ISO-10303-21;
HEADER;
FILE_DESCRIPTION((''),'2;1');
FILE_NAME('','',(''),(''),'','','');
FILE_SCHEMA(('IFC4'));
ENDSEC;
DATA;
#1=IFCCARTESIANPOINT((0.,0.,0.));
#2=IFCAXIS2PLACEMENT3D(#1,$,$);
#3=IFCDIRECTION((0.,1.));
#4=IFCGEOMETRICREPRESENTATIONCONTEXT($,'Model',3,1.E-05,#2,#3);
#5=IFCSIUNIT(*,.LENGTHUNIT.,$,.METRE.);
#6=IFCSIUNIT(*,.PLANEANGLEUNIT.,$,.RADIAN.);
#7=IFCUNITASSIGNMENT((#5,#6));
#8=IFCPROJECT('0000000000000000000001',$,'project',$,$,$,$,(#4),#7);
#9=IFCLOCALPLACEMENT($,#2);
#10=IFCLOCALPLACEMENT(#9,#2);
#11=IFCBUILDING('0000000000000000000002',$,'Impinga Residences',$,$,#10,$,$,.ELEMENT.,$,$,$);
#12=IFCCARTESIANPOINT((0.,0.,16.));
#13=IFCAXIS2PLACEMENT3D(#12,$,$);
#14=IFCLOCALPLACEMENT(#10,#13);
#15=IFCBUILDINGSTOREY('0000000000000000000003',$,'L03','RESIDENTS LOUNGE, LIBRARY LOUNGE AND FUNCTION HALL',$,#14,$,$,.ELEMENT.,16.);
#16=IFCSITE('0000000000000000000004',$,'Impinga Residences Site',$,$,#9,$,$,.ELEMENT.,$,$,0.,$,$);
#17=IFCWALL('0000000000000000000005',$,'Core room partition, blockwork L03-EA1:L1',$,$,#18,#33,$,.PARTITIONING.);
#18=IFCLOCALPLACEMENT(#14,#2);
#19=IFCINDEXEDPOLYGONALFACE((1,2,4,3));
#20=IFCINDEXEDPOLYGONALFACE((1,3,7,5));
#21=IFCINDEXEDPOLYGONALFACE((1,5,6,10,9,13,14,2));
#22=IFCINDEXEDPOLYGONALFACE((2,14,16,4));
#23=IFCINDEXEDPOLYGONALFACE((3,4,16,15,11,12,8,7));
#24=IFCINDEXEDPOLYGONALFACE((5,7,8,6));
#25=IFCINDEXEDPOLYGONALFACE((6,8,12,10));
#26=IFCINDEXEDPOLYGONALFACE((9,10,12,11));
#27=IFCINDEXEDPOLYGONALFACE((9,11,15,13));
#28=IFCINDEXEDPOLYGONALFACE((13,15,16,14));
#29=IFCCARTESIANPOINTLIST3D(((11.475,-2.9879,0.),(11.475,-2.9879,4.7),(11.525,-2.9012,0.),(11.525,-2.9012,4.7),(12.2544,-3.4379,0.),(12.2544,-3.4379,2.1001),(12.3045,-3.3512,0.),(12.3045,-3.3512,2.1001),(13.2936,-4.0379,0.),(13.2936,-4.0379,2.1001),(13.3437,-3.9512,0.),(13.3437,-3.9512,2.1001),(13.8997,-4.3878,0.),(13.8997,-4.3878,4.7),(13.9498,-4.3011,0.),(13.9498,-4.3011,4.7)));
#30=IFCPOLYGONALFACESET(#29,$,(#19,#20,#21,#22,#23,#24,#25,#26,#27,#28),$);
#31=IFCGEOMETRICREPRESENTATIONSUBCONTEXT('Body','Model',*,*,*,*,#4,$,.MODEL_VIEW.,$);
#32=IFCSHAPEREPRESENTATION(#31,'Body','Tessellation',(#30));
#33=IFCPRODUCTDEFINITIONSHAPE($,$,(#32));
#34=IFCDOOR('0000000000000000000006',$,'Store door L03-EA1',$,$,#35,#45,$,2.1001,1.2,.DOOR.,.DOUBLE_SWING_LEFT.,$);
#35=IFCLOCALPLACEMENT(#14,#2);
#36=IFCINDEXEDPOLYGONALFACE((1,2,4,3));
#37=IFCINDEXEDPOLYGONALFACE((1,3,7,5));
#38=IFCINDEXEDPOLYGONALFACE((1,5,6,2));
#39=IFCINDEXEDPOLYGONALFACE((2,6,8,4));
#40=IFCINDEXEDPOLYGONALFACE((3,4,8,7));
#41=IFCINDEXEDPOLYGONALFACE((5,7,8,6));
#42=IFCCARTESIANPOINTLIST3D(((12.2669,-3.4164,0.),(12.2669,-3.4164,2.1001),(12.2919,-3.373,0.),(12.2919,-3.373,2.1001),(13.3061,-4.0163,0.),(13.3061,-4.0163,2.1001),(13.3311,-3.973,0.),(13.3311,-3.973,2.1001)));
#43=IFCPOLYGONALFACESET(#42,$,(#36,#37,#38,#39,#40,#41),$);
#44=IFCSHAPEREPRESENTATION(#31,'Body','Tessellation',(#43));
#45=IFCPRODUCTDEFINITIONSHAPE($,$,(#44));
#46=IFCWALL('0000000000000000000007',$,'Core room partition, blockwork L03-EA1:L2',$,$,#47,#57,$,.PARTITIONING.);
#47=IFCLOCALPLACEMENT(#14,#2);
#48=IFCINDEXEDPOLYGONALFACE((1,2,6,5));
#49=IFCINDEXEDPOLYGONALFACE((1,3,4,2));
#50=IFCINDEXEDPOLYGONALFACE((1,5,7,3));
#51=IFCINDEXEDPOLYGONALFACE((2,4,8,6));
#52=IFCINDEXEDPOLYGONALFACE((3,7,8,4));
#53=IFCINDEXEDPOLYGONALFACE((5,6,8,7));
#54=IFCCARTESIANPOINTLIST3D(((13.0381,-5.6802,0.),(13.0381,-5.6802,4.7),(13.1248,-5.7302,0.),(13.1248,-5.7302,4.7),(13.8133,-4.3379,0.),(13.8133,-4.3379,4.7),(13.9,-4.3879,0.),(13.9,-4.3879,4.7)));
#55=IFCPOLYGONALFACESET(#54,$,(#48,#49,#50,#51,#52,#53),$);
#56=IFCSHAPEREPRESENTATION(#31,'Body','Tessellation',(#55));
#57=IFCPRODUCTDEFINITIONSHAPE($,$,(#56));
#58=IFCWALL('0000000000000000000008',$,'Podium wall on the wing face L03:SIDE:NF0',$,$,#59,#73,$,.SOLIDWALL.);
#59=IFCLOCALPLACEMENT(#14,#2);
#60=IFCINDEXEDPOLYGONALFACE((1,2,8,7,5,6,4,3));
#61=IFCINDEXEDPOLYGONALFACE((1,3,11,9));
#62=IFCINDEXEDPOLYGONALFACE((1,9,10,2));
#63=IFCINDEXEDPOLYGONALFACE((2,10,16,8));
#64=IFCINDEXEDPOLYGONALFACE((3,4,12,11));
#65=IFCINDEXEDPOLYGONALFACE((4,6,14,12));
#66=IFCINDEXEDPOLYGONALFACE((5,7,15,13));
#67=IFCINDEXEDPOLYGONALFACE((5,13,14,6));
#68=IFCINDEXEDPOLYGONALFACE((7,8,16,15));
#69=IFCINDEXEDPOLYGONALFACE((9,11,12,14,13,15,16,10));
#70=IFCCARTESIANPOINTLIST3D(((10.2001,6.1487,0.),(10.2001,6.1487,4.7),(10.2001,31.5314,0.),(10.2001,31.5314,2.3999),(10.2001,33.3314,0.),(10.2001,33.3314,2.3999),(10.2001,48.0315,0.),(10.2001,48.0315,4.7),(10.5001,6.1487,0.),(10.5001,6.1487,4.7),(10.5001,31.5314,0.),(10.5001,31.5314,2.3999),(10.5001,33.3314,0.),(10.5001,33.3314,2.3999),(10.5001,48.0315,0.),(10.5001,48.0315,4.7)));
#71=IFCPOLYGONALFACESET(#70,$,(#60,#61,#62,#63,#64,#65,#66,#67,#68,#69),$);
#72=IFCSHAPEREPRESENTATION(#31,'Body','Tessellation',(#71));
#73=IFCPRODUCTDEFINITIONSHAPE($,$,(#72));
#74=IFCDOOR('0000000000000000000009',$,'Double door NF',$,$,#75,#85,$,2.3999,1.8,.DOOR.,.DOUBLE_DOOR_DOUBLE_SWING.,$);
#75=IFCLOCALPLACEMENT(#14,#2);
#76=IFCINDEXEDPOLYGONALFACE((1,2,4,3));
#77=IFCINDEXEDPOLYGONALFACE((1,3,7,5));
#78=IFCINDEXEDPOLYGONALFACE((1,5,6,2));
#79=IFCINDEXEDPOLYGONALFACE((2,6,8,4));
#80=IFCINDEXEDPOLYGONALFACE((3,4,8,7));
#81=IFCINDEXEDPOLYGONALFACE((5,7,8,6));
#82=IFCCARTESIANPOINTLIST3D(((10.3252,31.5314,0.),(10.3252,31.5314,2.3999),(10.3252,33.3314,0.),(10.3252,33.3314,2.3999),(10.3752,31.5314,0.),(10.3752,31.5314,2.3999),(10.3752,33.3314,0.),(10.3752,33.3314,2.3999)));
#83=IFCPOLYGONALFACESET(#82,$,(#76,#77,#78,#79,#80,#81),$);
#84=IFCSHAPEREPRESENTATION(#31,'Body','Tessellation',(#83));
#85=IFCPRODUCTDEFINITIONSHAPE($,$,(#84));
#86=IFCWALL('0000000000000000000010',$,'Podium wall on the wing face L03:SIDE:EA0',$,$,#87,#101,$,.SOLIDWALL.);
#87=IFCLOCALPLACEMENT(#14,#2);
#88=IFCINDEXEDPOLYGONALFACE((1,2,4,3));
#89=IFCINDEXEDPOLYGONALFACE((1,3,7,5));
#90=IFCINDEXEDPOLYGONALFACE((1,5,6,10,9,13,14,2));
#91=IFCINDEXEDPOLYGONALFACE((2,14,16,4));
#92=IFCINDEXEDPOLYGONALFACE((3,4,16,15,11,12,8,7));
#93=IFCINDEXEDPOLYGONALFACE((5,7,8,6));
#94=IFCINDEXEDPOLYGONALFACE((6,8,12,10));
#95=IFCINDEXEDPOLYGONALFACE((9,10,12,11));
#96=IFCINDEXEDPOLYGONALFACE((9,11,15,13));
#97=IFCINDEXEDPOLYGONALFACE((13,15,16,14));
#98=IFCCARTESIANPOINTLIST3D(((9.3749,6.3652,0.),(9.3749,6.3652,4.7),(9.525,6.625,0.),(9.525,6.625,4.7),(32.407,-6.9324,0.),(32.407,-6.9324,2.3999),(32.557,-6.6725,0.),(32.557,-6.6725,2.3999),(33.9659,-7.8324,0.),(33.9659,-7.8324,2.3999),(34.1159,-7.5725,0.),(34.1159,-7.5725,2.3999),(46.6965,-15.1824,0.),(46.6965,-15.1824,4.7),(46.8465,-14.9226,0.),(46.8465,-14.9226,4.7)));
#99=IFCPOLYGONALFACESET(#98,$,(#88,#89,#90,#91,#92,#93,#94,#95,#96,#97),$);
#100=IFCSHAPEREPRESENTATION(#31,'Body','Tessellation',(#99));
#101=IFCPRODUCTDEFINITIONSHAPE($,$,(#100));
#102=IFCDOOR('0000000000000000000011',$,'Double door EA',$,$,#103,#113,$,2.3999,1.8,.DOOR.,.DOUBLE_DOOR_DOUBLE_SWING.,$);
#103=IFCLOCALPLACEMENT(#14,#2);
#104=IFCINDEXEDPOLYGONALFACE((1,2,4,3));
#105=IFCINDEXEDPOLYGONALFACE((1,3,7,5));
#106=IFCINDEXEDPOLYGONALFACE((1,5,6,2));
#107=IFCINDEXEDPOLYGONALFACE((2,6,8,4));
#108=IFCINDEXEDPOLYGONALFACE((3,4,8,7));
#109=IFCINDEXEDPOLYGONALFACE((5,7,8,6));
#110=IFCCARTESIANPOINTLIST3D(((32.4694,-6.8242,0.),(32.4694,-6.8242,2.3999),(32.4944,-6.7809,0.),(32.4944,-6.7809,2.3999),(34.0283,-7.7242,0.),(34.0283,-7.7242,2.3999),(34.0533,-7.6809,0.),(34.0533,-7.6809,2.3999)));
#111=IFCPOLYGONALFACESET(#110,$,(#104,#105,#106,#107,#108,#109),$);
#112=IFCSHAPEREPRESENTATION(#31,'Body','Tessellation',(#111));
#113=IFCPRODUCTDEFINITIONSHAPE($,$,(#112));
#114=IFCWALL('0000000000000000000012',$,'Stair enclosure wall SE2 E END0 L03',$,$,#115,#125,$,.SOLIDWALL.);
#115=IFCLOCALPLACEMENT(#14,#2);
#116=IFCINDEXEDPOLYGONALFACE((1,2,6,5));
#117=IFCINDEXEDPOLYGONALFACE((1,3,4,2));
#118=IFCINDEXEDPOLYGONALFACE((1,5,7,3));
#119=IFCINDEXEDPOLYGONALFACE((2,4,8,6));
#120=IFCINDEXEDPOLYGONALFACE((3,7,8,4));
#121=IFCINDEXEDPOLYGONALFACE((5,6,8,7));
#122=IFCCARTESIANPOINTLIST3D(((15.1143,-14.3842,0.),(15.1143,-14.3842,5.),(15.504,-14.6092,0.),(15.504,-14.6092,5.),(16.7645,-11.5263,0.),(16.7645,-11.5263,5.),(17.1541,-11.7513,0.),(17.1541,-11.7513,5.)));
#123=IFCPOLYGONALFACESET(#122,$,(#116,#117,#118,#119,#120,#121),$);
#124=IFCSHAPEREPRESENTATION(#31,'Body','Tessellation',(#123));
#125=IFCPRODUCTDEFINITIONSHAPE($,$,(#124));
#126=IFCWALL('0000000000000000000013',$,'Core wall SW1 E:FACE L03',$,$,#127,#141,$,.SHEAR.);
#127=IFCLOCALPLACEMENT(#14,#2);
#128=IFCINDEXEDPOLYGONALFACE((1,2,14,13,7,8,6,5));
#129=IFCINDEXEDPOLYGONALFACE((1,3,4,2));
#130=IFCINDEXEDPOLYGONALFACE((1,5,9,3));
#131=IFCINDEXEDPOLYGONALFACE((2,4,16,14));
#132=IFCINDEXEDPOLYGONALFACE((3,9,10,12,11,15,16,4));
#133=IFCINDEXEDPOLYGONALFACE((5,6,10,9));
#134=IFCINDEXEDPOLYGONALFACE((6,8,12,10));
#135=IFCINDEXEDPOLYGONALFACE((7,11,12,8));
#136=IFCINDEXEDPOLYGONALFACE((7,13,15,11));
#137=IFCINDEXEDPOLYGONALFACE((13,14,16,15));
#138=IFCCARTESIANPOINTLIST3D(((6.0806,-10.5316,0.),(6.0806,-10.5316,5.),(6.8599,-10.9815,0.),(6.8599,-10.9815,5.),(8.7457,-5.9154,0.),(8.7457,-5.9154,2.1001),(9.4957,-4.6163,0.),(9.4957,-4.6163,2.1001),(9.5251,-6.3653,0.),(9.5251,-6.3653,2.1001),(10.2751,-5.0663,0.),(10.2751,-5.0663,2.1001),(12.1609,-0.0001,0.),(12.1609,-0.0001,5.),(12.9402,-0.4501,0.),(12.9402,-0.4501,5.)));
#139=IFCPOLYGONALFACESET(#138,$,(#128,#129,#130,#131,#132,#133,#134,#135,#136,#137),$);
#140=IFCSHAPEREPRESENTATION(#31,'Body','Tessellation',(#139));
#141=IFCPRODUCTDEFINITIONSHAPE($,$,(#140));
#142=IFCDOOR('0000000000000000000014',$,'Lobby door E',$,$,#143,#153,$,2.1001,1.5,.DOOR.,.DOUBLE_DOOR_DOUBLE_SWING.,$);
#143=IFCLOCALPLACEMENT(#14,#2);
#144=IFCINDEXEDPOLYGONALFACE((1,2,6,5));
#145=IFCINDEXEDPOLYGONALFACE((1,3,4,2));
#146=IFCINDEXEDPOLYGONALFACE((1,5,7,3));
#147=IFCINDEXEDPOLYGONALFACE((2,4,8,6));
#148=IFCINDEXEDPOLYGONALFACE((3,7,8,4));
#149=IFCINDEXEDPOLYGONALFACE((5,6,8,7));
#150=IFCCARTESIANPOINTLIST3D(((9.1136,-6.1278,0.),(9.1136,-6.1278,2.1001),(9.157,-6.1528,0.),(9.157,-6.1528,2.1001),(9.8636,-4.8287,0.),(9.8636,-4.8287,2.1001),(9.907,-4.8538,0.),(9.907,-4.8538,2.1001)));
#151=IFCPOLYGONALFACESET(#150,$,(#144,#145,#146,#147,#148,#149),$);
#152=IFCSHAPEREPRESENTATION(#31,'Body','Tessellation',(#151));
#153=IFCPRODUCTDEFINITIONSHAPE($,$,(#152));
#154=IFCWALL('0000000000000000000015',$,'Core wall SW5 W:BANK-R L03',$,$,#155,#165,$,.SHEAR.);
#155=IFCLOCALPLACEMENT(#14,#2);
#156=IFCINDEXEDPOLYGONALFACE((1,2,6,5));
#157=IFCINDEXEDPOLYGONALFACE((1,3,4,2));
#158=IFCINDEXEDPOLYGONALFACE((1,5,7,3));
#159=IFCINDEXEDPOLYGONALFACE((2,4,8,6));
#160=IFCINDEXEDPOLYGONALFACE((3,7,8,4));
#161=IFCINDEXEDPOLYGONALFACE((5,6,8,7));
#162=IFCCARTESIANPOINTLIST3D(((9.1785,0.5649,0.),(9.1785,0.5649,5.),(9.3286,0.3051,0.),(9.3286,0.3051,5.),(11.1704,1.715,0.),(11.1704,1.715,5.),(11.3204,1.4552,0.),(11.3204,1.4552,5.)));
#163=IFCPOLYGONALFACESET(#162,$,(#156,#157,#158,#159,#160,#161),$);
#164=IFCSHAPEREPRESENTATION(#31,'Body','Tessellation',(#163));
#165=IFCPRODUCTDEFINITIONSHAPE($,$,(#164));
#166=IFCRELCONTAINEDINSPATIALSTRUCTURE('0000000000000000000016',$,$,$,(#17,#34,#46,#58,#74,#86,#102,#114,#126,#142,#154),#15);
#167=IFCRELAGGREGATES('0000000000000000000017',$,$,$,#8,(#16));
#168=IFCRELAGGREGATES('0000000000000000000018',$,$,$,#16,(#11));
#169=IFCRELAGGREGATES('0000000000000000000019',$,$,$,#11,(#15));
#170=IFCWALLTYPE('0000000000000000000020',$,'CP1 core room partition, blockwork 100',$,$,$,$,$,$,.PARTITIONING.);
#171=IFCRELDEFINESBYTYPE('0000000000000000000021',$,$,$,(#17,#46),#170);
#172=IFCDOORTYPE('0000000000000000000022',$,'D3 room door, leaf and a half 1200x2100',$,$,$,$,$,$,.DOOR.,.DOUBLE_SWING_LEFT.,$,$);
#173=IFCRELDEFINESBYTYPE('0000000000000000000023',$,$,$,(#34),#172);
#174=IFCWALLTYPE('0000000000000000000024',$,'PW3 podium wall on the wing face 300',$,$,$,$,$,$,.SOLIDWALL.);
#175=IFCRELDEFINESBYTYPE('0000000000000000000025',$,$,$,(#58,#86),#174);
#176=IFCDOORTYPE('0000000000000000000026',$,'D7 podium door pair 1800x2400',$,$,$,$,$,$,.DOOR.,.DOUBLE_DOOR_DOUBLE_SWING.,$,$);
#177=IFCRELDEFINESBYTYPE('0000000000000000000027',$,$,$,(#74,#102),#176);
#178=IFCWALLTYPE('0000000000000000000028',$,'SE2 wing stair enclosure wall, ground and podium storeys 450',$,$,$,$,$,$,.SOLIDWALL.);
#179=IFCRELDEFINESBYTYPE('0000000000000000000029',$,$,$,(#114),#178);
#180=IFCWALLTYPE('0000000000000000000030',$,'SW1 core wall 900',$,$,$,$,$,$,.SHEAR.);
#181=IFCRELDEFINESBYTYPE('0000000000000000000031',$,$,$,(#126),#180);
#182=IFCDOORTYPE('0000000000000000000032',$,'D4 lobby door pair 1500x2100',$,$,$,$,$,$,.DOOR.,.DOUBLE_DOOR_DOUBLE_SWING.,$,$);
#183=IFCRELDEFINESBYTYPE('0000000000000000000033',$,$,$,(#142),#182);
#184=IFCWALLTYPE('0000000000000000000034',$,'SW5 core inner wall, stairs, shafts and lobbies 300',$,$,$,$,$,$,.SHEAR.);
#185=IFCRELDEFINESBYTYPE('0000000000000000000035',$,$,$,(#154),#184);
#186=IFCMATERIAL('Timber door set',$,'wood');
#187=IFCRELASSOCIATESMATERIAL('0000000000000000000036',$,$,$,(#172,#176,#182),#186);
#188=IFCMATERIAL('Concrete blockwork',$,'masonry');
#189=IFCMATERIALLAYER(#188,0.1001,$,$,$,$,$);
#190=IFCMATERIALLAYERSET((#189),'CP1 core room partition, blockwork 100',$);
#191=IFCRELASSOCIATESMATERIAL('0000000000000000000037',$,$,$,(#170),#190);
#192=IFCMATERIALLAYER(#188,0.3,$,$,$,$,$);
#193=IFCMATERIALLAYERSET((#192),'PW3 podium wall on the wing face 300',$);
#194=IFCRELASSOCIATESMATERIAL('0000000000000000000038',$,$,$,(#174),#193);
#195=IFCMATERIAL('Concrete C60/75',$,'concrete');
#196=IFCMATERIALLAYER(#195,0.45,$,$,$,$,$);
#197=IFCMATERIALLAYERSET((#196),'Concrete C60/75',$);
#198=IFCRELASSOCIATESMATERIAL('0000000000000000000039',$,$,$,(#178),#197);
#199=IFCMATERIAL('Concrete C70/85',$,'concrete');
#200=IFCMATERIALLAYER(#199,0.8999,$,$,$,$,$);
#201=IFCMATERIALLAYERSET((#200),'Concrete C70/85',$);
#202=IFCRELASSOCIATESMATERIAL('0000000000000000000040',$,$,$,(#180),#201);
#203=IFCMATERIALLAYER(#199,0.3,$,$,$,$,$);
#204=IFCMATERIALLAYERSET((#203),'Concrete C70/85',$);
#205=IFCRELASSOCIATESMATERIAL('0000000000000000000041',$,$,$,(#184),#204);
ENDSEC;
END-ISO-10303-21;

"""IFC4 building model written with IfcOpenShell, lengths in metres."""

from ifc_helpers import new_model, si_unit, direction, frame, frame_2d, origin, place, context, subcontext, project, spatial, rectangle, extrude, material, layer, layer_set, type_object, element, fill, save


model = new_model("IFC4")

# Units and contexts
model_context = context("Model", 3, precision=1e-05, world=origin(), true_north=direction((0.0, 1.0)))
body_context = subcontext(model_context, "Body", "Model", "MODEL_VIEW")
ifc_project = project(units=[si_unit("LENGTHUNIT", "METRE"), si_unit("PLANEANGLEUNIT", "RADIAN")], contexts=[model_context])

# Site, building, storey
site_placement = place(None, origin())
site = spatial("IfcSite", under=ifc_project, at=site_placement, Name="Impinga Residences Site", CompositionType="ELEMENT", RefElevation=0.0)
building_placement = place(site_placement, origin())
building = spatial("IfcBuilding", under=site, at=building_placement, Name="Impinga Residences", CompositionType="ELEMENT")
storey_placement = place(building_placement, frame((0.0, 0.0, 16.0)))
storey = spatial("IfcBuildingStorey", under=building, at=storey_placement, Name="L03", Description="RESIDENTS LOUNGE, LIBRARY LOUNGE AND FUNCTION HALL", CompositionType="ELEMENT", Elevation=16.0)

# Shared definitions
ifc_material_1 = material(Name="Concrete C70/85", Category="concrete")

# Shared definitions
ifc_material_2 = material(Name="Concrete C60/75", Category="concrete")

# Shared definitions
ifc_material_3 = material(Name="Timber door set", Category="wood")
door_type_1 = type_object("IfcDoorType", Name="D3 room door, leaf and a half 1200x2100", OperationType="DOUBLE_SWING_LEFT", PredefinedType="DOOR", material=ifc_material_3)

# Wall, opening, door
ifc_material_4 = material(Name="Concrete blockwork", Category="masonry")
ifc_layer_1 = layer(ifc_material_4, 0.1001)
ifc_layer_set_1 = layer_set([ifc_layer_1], Name="CP1 core room partition, blockwork 100")
wall_type_1 = type_object("IfcWallType", Name="CP1 core room partition, blockwork 100", PredefinedType="PARTITIONING", material=ifc_layer_set_1)
wall_1_placement = place(storey_placement, frame((11.5, -2.9446, 0.0), z_axis=(0.0, 0.0, 1.0), x_axis=(0.866035, -0.499984, 0.0)))
wall_1 = element("IfcWall", 1, at=wall_1_placement, inside=storey, type_object=wall_type_1, Name="Core room partition, blockwork L03-EA1:L1", PredefinedType="PARTITIONING", context=body_context, shape_type="SweptSolid", body=[
    extrude(rectangle(XDim=2.7998, YDim=0.1001, at=frame_2d((1.3999, 0.0))), origin(), (0.0, 0.0, 1.0), 4.7),
])
opening_1_placement = place(wall_1_placement, frame((0.8999, 0.0, 0.0)))
opening_1 = element("IfcOpeningElement", 2, at=opening_1_placement, cuts=wall_1, PredefinedType="OPENING", context=body_context, shape_type="SweptSolid", body=[
    extrude(rectangle(XDim=1.2, YDim=2.1001, at=frame_2d((0.6001, 1.05))), frame((0.0, 0.0601, 0.0), z_axis=(0.0, -1.0, 0.0), x_axis=(1.0, 0.0, 0.0)), (0.0, 0.0, 1.0), 0.1201),
])
door_1_placement = place(opening_1_placement, origin())
door_1 = element("IfcDoor", 3, at=door_1_placement, inside=storey, type_object=door_type_1, Name="Store door L03-EA1", OperationType="DOUBLE_SWING_LEFT", OverallHeight=2.1001, OverallWidth=1.2, PredefinedType="DOOR", context=body_context, shape_type="SweptSolid", body=[
    extrude(rectangle(XDim=1.2, YDim=2.1001, at=frame_2d((0.6001, 1.05))), frame((0.0, 0.0249, 0.0), z_axis=(0.0, -1.0, 0.0), x_axis=(1.0, 0.0, 0.0)), (0.0, 0.0, 1.0), 0.05),
])
fill(opening_1, door_1)

# Wall
wall_2_placement = place(storey_placement, frame((13.0815, -5.7051, 0.0), z_axis=(0.0, 0.0, 1.0), x_axis=(0.500086, 0.865976, 0.0)))
element("IfcWall", 4, at=wall_2_placement, inside=storey, type_object=wall_type_1, Name="Core room partition, blockwork L03-EA1:L2", PredefinedType="PARTITIONING", context=body_context, shape_type="SweptSolid", body=[
    extrude(rectangle(XDim=1.55, YDim=0.1001, at=frame_2d((0.7749, 0.0))), origin(), (0.0, 0.0, 1.0), 4.7),
])

# Walls, openings, doors
ifc_layer_2 = layer(ifc_material_4, 0.3)
ifc_layer_set_2 = layer_set([ifc_layer_2], Name="PW3 podium wall on the wing face 300")
wall_type_2 = type_object("IfcWallType", Name="PW3 podium wall on the wing face 300", PredefinedType="SOLIDWALL", material=ifc_layer_set_2)
wall_3_placement = place(storey_placement, frame((10.3501, 6.1487, 0.0), z_axis=(0.0, 0.0, 1.0), x_axis=(0.0, 1.0, 0.0)))
wall_3 = element("IfcWall", 5, at=wall_3_placement, inside=storey, type_object=wall_type_2, Name="Podium wall on the wing face L03:SIDE:NF0", PredefinedType="SOLIDWALL", context=body_context, shape_type="SweptSolid", body=[
    extrude(rectangle(XDim=41.8828, YDim=0.3, at=frame_2d((20.9414, 0.0))), origin(), (0.0, 0.0, 1.0), 4.7),
])
opening_2_placement = place(wall_3_placement, frame((25.3828, 0.0, 0.0)))
opening_2 = element("IfcOpeningElement", 6, at=opening_2_placement, cuts=wall_3, PredefinedType="OPENING", context=body_context, shape_type="SweptSolid", body=[
    extrude(rectangle(XDim=1.8, YDim=2.3999, at=frame_2d((0.8999, 1.2))), frame((0.0, 0.1599, 0.0), z_axis=(0.0, -1.0, 0.0), x_axis=(1.0, 0.0, 0.0)), (0.0, 0.0, 1.0), 0.3201),
])
door_type_2 = type_object("IfcDoorType", Name="D7 podium door pair 1800x2400", OperationType="DOUBLE_DOOR_DOUBLE_SWING", PredefinedType="DOOR", material=ifc_material_3)
door_2_placement = place(opening_2_placement, origin())
door_2 = element("IfcDoor", 7, at=door_2_placement, inside=storey, type_object=door_type_2, Name="Double door NF", OperationType="DOUBLE_DOOR_DOUBLE_SWING", OverallHeight=2.3999, OverallWidth=1.8, PredefinedType="DOOR", context=body_context, shape_type="SweptSolid", body=[
    extrude(rectangle(XDim=1.8, YDim=2.3999, at=frame_2d((0.8999, 1.2))), frame((0.0, 0.0249, 0.0), z_axis=(0.0, -1.0, 0.0), x_axis=(1.0, 0.0, 0.0)), (0.0, 0.0, 1.0), 0.05),
])
fill(opening_2, door_2)
wall_4_placement = place(storey_placement, frame((9.45, 6.4951, 0.0), z_axis=(0.0, 0.0, 1.0), x_axis=(0.866025, -0.5, 0.0)))
wall_4 = element("IfcWall", 8, at=wall_4_placement, inside=storey, type_object=wall_type_2, Name="Podium wall on the wing face L03:SIDE:EA0", PredefinedType="SOLIDWALL", context=body_context, shape_type="SweptSolid", body=[
    extrude(rectangle(XDim=43.0952, YDim=0.3, at=frame_2d((21.5476, 0.0))), origin(), (0.0, 0.0, 1.0), 4.7),
])
opening_3_placement = place(wall_4_placement, frame((26.5952, 0.0, 0.0)))
opening_3 = element("IfcOpeningElement", 9, at=opening_3_placement, cuts=wall_4, PredefinedType="OPENING", context=body_context, shape_type="SweptSolid", body=[
    extrude(rectangle(XDim=1.8, YDim=2.3999, at=frame_2d((0.8999, 1.2))), frame((0.0, 0.1599, 0.0), z_axis=(0.0, -1.0, 0.0), x_axis=(1.0, 0.0, 0.0)), (0.0, 0.0, 1.0), 0.3201),
])
door_3_placement = place(opening_3_placement, origin())
door_3 = element("IfcDoor", 10, at=door_3_placement, inside=storey, type_object=door_type_2, Name="Double door EA", OperationType="DOUBLE_DOOR_DOUBLE_SWING", OverallHeight=2.3999, OverallWidth=1.8, PredefinedType="DOOR", context=body_context, shape_type="SweptSolid", body=[
    extrude(rectangle(XDim=1.8, YDim=2.3999, at=frame_2d((0.8999, 1.2))), frame((0.0, 0.0249, 0.0), z_axis=(0.0, -1.0, 0.0), x_axis=(1.0, 0.0, 0.0)), (0.0, 0.0, 1.0), 0.05),
])
fill(opening_3, door_3)

# Wall
ifc_layer_3 = layer(ifc_material_2, 0.45)
ifc_layer_set_3 = layer_set([ifc_layer_3], Name="Concrete C60/75")
wall_type_3 = type_object("IfcWallType", Name="SE2 wing stair enclosure wall, ground and podium storeys 450", PredefinedType="SOLIDWALL", material=ifc_layer_set_3)
wall_5_placement = place(storey_placement, frame((16.9592, -11.6389, 0.0), z_axis=(0.0, 0.0, 1.0), x_axis=(-0.50003, -0.866008, 0.0)))
element("IfcWall", 11, at=wall_5_placement, inside=storey, type_object=wall_type_3, Name="Stair enclosure wall SE2 E END0 L03", PredefinedType="SOLIDWALL", context=body_context, shape_type="SweptSolid", body=[
    extrude(rectangle(XDim=3.3, YDim=0.45, at=frame_2d((1.6499, 0.0))), origin(), (0.0, 0.0, 1.0), 5.0),
])

# Wall, opening, door
ifc_layer_4 = layer(ifc_material_1, 0.8999)
ifc_layer_set_4 = layer_set([ifc_layer_4], Name="Concrete C70/85")
wall_type_4 = type_object("IfcWallType", Name="SW1 core wall 900", PredefinedType="SHEAR", material=ifc_layer_set_4)
wall_6_placement = place(storey_placement, frame((12.5505, -0.2251, 0.0), z_axis=(0.0, 0.0, 1.0), x_axis=(-0.499998, -0.866027, 0.0)))
wall_6 = element("IfcWall", 12, at=wall_6_placement, inside=storey, type_object=wall_type_4, Name="Core wall SW1 E:FACE L03", PredefinedType="SHEAR", context=body_context, shape_type="SweptSolid", body=[
    extrude(rectangle(XDim=12.1606, YDim=0.8999, at=frame_2d((6.0803, 0.0))), origin(), (0.0, 0.0, 1.0), 5.0),
])
opening_4_placement = place(wall_6_placement, frame((5.3303, 0.0, 0.0)))
opening_4 = element("IfcOpeningElement", 13, at=opening_4_placement, cuts=wall_6, PredefinedType="OPENING", context=body_context, shape_type="SweptSolid", body=[
    extrude(rectangle(XDim=1.5, YDim=2.1001, at=frame_2d((0.75, 1.05))), frame((0.0, 0.46, 0.0), z_axis=(0.0, -1.0, 0.0), x_axis=(1.0, 0.0, 0.0)), (0.0, 0.0, 1.0), 0.9199),
])
door_type_3 = type_object("IfcDoorType", Name="D4 lobby door pair 1500x2100", OperationType="DOUBLE_DOOR_DOUBLE_SWING", PredefinedType="DOOR", material=ifc_material_3)
door_4_placement = place(opening_4_placement, origin())
door_4 = element("IfcDoor", 14, at=door_4_placement, inside=storey, type_object=door_type_3, Name="Lobby door E", OperationType="DOUBLE_DOOR_DOUBLE_SWING", OverallHeight=2.1001, OverallWidth=1.5, PredefinedType="DOOR", context=body_context, shape_type="SweptSolid", body=[
    extrude(rectangle(XDim=1.5, YDim=2.1001, at=frame_2d((0.75, 1.05))), frame((0.0, 0.0249, 0.0), z_axis=(0.0, -1.0, 0.0), x_axis=(1.0, 0.0, 0.0)), (0.0, 0.0, 1.0), 0.05),
])
fill(opening_4, door_4)

# Wall
ifc_layer_5 = layer(ifc_material_1, 0.3)
ifc_layer_set_5 = layer_set([ifc_layer_5], Name="Concrete C70/85")
wall_type_5 = type_object("IfcWallType", Name="SW5 core inner wall, stairs, shafts and lobbies 300", PredefinedType="SHEAR", material=ifc_layer_set_5)
wall_7_placement = place(storey_placement, frame((9.2537, 0.4351, 0.0), z_axis=(0.0, 0.0, 1.0), x_axis=(0.866007, 0.500032, 0.0)))
element("IfcWall", 15, at=wall_7_placement, inside=storey, type_object=wall_type_5, Name="Core wall SW5 W:BANK-R L03", PredefinedType="SHEAR", context=body_context, shape_type="SweptSolid", body=[
    extrude(rectangle(XDim=2.3, YDim=0.3, at=frame_2d((1.1499, 0.0))), origin(), (0.0, 0.0, 1.0), 5.0),
])

save(model, "model.ifc")
